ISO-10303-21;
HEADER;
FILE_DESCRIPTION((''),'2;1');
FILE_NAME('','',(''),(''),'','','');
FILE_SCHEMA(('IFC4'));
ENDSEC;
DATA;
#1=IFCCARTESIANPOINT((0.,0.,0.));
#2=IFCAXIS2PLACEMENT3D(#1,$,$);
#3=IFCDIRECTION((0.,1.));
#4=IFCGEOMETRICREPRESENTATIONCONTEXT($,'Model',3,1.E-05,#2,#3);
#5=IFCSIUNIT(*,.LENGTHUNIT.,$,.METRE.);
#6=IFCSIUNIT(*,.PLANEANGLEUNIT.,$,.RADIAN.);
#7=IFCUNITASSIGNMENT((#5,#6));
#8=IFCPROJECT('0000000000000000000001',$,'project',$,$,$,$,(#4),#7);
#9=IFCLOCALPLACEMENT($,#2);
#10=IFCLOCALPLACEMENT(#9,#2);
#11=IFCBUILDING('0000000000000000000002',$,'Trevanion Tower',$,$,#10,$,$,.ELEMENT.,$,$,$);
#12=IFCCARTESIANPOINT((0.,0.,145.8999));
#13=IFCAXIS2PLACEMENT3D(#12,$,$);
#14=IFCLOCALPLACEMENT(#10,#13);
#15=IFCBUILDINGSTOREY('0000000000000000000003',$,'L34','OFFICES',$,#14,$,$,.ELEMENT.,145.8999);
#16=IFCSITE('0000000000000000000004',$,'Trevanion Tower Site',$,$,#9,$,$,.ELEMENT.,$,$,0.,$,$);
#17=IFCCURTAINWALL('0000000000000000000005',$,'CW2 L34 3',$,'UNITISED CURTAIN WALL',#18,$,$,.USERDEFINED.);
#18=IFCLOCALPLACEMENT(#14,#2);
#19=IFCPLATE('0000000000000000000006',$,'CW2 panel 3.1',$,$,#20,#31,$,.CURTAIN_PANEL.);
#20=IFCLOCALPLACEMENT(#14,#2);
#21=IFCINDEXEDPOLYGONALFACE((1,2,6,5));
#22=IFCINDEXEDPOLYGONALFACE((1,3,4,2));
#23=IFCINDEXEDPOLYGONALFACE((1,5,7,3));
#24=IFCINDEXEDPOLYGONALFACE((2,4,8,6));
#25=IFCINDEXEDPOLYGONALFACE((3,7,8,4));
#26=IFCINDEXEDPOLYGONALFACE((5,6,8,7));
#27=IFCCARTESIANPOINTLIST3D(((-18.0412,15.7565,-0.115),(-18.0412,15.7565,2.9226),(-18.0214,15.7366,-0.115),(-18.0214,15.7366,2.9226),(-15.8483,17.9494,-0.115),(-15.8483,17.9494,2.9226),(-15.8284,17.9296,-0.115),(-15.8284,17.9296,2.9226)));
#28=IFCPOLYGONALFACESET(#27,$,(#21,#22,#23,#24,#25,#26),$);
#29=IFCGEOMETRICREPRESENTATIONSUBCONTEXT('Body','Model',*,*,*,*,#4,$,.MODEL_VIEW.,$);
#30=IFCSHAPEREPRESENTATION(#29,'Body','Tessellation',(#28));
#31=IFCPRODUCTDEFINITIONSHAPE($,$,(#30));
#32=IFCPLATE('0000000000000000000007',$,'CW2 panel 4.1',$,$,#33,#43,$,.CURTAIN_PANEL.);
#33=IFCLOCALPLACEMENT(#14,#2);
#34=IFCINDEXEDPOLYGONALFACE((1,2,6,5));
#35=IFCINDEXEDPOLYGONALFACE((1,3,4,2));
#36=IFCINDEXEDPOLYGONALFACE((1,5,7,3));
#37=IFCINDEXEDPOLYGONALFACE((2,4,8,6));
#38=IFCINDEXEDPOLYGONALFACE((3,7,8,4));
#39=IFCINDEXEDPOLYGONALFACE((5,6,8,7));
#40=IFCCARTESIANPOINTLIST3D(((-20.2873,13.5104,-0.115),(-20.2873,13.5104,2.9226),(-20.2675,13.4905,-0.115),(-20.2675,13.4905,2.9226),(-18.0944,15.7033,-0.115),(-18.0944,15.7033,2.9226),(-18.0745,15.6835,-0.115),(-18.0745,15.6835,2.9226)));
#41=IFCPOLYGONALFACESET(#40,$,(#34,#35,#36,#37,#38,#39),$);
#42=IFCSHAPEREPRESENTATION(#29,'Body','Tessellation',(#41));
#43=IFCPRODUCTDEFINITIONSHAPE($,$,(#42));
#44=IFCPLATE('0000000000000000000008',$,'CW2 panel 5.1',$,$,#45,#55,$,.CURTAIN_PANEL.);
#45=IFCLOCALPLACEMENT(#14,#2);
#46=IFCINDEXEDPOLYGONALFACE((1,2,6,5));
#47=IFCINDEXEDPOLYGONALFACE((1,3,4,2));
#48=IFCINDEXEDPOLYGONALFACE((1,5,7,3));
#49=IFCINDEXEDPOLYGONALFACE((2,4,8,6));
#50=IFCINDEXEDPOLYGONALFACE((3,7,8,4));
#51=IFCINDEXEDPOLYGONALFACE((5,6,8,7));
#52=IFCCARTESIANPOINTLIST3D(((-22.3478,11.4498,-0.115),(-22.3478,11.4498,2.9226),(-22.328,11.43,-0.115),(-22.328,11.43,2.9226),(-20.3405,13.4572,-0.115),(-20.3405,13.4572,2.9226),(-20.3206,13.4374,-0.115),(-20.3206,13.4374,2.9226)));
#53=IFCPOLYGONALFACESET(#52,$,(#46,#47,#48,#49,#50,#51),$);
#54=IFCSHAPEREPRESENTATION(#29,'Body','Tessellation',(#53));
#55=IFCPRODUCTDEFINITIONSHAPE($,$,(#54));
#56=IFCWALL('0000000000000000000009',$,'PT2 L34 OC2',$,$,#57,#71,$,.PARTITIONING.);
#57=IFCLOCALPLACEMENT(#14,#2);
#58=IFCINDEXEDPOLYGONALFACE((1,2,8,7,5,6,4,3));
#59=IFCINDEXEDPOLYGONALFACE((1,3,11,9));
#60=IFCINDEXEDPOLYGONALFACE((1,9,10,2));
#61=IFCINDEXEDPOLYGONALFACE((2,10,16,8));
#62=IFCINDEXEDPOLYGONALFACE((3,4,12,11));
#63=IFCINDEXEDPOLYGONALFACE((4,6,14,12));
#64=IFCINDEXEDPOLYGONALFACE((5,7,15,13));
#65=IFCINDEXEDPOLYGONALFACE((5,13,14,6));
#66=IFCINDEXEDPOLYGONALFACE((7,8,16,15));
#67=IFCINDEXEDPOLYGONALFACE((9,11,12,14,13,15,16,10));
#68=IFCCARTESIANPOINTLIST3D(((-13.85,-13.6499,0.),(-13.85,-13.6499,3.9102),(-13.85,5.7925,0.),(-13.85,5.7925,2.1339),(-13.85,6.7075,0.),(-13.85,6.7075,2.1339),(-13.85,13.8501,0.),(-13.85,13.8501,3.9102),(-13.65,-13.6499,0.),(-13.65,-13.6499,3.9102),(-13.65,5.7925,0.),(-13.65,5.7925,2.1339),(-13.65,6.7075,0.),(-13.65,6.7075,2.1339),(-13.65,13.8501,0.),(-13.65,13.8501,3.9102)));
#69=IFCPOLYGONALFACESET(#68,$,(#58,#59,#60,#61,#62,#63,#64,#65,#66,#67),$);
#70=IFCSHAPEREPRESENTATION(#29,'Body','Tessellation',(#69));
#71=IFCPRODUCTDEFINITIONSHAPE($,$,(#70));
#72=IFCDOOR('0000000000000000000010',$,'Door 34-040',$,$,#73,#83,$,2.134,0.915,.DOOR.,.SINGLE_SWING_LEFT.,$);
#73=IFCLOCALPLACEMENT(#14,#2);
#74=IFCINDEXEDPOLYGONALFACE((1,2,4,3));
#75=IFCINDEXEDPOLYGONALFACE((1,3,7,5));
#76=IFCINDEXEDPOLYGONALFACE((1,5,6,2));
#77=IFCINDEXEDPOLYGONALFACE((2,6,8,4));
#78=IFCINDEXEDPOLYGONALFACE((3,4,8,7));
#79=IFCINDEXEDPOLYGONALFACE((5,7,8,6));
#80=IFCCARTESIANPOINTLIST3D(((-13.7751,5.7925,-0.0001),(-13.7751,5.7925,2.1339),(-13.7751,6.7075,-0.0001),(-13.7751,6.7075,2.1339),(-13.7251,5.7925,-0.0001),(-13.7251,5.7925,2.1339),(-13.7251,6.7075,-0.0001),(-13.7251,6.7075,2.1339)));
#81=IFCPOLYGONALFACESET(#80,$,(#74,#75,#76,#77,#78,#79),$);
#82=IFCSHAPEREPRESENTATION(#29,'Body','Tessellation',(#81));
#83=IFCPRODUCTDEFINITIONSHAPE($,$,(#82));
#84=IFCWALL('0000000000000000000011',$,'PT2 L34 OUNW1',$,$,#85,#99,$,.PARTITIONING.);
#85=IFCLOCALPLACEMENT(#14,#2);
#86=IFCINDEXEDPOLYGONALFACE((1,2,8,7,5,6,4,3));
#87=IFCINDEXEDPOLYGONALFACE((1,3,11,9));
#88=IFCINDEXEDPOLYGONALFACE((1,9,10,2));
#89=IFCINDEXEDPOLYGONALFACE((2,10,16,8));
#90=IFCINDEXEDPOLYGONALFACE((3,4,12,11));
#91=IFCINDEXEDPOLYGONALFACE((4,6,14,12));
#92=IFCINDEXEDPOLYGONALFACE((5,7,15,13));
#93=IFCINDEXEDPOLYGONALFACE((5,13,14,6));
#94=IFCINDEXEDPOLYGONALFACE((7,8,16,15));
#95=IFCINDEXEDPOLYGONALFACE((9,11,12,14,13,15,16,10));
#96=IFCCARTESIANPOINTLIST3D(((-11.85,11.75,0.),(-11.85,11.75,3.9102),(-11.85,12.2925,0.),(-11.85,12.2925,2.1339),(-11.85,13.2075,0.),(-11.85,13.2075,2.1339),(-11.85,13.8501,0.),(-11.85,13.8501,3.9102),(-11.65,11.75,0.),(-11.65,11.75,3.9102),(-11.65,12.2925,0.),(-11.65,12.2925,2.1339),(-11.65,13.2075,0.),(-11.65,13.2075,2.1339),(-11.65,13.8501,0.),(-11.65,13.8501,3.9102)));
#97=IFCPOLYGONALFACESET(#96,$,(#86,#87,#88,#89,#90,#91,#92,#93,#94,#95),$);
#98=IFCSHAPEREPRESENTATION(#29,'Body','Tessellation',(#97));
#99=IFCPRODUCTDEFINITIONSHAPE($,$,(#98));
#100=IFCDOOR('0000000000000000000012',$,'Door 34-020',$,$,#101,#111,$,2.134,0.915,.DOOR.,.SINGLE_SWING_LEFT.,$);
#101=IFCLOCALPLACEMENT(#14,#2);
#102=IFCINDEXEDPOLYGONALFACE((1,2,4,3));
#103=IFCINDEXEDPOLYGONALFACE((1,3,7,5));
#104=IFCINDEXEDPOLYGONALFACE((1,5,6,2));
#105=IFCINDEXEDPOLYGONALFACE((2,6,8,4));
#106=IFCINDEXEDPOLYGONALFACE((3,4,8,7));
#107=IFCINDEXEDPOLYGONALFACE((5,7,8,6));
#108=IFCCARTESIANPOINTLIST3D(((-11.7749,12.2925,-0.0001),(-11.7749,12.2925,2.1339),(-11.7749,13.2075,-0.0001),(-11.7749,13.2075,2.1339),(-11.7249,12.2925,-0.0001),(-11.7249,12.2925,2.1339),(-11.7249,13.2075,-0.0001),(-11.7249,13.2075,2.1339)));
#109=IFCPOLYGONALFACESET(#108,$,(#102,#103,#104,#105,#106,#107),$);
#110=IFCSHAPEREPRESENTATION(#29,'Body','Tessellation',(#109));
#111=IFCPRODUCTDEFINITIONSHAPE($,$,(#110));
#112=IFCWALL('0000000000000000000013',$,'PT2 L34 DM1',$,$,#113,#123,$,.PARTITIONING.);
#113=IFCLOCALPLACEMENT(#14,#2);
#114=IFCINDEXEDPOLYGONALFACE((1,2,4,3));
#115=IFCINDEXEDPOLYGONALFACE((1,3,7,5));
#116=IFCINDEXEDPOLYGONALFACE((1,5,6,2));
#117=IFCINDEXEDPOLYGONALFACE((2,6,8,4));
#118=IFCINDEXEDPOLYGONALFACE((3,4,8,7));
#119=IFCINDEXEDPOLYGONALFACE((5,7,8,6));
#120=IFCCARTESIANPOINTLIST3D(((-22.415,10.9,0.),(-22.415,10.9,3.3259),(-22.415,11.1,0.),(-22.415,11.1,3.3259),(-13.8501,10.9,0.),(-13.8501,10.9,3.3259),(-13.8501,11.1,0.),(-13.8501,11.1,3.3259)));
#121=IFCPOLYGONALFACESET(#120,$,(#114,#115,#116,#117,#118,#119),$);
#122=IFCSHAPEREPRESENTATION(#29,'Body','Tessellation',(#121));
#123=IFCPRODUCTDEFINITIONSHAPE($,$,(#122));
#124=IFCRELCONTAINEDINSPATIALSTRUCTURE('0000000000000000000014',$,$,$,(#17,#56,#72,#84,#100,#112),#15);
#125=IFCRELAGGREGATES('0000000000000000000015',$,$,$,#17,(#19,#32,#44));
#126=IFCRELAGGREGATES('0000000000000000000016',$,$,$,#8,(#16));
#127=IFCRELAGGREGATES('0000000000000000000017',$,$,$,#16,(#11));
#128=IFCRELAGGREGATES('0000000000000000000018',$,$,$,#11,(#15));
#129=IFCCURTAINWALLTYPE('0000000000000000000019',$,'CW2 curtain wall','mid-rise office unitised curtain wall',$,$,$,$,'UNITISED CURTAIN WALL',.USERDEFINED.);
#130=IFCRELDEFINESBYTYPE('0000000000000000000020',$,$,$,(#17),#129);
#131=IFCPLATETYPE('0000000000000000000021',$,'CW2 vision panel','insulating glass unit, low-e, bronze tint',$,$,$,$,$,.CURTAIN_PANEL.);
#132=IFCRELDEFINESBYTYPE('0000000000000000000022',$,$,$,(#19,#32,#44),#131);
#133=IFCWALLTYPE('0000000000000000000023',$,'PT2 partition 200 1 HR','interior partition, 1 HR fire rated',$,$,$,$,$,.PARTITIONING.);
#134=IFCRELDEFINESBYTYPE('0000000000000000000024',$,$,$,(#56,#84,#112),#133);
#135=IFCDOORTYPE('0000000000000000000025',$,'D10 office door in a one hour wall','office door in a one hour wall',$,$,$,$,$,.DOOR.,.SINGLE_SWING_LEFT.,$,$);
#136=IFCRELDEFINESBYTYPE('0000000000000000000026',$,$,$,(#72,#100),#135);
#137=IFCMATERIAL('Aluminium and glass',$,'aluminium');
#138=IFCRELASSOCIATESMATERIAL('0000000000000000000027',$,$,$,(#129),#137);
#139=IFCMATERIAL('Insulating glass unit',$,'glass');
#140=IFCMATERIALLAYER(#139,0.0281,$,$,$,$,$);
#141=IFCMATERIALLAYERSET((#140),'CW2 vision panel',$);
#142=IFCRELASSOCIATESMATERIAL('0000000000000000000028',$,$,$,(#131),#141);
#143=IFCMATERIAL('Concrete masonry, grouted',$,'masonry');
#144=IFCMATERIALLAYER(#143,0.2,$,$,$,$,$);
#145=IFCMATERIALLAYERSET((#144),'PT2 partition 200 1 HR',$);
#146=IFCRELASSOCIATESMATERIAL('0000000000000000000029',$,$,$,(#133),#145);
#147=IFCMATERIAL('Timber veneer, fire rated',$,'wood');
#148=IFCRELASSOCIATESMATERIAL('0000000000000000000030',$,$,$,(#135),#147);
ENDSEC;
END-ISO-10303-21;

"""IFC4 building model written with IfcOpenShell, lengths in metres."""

from ifc_helpers import new_model, si_unit, direction, frame, frame_2d, origin, origin_2d, place, context, subcontext, project, spatial, rectangle, extrude, material, layer, layer_set, type_object, element, fill, aggregate, save


model = new_model("IFC4")

# Units and contexts
model_context = context("Model", 3, precision=1e-05, world=origin(), true_north=direction((0.0, 1.0)))
body_context = subcontext(model_context, "Body", "Model", "MODEL_VIEW")
ifc_project = project(units=[si_unit("LENGTHUNIT", "METRE"), si_unit("PLANEANGLEUNIT", "RADIAN")], contexts=[model_context])

# Site, building, storey
site_placement = place(None, origin())
site = spatial("IfcSite", under=ifc_project, at=site_placement, Name="Trevanion Tower Site", CompositionType="ELEMENT", RefElevation=0.0)
building_placement = place(site_placement, origin())
building = spatial("IfcBuilding", under=site, at=building_placement, Name="Trevanion Tower", CompositionType="ELEMENT")
storey_placement = place(building_placement, frame((0.0, 0.0, 145.8999)))
storey = spatial("IfcBuildingStorey", under=building, at=storey_placement, Name="L34", Description="OFFICES", CompositionType="ELEMENT", Elevation=145.8999)

# Curtain wall
ifc_material_1 = material(Name="Aluminium and glass", Category="aluminium")
curtain_wall_type = type_object("IfcCurtainWallType", Name="CW2 curtain wall", Description="mid-rise office unitised curtain wall", ElementType="UNITISED CURTAIN WALL", PredefinedType="USERDEFINED", material=ifc_material_1)
curtain_wall_placement = place(storey_placement, origin())
curtain_wall = element("IfcCurtainWall", 1, at=curtain_wall_placement, inside=storey, type_object=curtain_wall_type, Name="CW2 L34 3", ObjectType="UNITISED CURTAIN WALL", PredefinedType="USERDEFINED")

# Plates
ifc_material_2 = material(Name="Insulating glass unit", Category="glass")
ifc_layer_1 = layer(ifc_material_2, 0.0281)
ifc_layer_set_1 = layer_set([ifc_layer_1], Name="CW2 vision panel")
plate_type_1 = type_object("IfcPlateType", Name="CW2 vision panel", Description="insulating glass unit, low-e, bronze tint", PredefinedType="CURTAIN_PANEL", material=ifc_layer_set_1)
plate_1_placement = place(storey_placement, frame((-16.9348, 16.843, -0.115), z_axis=(0.0, 0.0, 1.0), x_axis=(-0.707107, -0.707107, 0.0)))
plate_1 = element("IfcPlate", 2, at=plate_1_placement, type_object=plate_type_1, Name="CW2 panel 3.1", PredefinedType="CURTAIN_PANEL", context=body_context, shape_type="SweptSolid", body=[
    extrude(rectangle(XDim=3.1013, YDim=0.0281, at=origin_2d()), origin(), (0.0, 0.0, 1.0), 3.0376),
])
plate_2_placement = place(storey_placement, frame((-19.1809, 14.5969, -0.115), z_axis=(0.0, 0.0, 1.0), x_axis=(-0.707107, -0.707107, 0.0)))
plate_2 = element("IfcPlate", 3, at=plate_2_placement, type_object=plate_type_1, Name="CW2 panel 4.1", PredefinedType="CURTAIN_PANEL", context=body_context, shape_type="SweptSolid", body=[
    extrude(rectangle(XDim=3.1013, YDim=0.0281, at=origin_2d()), origin(), (0.0, 0.0, 1.0), 3.0376),
])
plate_3_placement = place(storey_placement, frame((-21.3342, 12.4436, -0.115), z_axis=(0.0, 0.0, 1.0), x_axis=(-0.707107, -0.707107, 0.0)))
plate_3 = element("IfcPlate", 4, at=plate_3_placement, type_object=plate_type_1, Name="CW2 panel 5.1", PredefinedType="CURTAIN_PANEL", context=body_context, shape_type="SweptSolid", body=[
    extrude(rectangle(XDim=2.8389, YDim=0.0281, at=origin_2d()), origin(), (0.0, 0.0, 1.0), 3.0376),
])
aggregate(curtain_wall, [plate_1, plate_2, plate_3])

# Walls, openings, doors
ifc_material_3 = material(Name="Concrete masonry, grouted", Category="masonry")
ifc_layer_2 = layer(ifc_material_3, 0.2)
ifc_layer_set_2 = layer_set([ifc_layer_2], Name="PT2 partition 200 1 HR")
wall_type = type_object("IfcWallType", Name="PT2 partition 200 1 HR", Description="interior partition, 1 HR fire rated", PredefinedType="PARTITIONING", material=ifc_layer_set_2)
wall_1_placement = place(storey_placement, frame((-13.75, 13.8501, 0.0), z_axis=(0.0, 0.0, 1.0), x_axis=(0.0, -1.0, 0.0)))
wall_1 = element("IfcWall", 5, at=wall_1_placement, inside=storey, type_object=wall_type, Name="PT2 L34 OC2", PredefinedType="PARTITIONING", context=body_context, shape_type="SweptSolid", body=[
    extrude(rectangle(XDim=27.5, YDim=0.2, at=frame_2d((13.75, 0.0))), origin(), (0.0, 0.0, 1.0), 3.9102),
])
opening_1_placement = place(wall_1_placement, frame((7.1426, 0.0, 0.0)))
opening_1 = element("IfcOpeningElement", 6, at=opening_1_placement, cuts=wall_1, PredefinedType="OPENING", context=body_context, shape_type="SweptSolid", body=[
    extrude(rectangle(XDim=0.915, YDim=2.134, at=frame_2d((0.4575, 1.0669))), frame((0.0, 0.1099, 0.0), z_axis=(0.0, -1.0, 0.0), x_axis=(1.0, 0.0, 0.0)), (0.0, 0.0, 1.0), 0.22),
])
ifc_material_4 = material(Name="Timber veneer, fire rated", Category="wood")
door_type = type_object("IfcDoorType", Name="D10 office door in a one hour wall", Description="office door in a one hour wall", OperationType="SINGLE_SWING_LEFT", PredefinedType="DOOR", material=ifc_material_4)
door_1_placement = place(opening_1_placement, origin())
door_1 = element("IfcDoor", 7, at=door_1_placement, inside=storey, type_object=door_type, Name="Door 34-040", OperationType="SINGLE_SWING_LEFT", OverallHeight=2.134, OverallWidth=0.915, PredefinedType="DOOR", context=body_context, shape_type="SweptSolid", body=[
    extrude(rectangle(XDim=0.915, YDim=2.134, at=frame_2d((0.4575, 1.0669))), frame((0.0, 0.0249, 0.0), z_axis=(0.0, -1.0, 0.0), x_axis=(1.0, 0.0, 0.0)), (0.0, 0.0, 1.0), 0.05),
])
fill(opening_1, door_1)
wall_2_placement = place(storey_placement, frame((-11.75, 11.75, 0.0), z_axis=(0.0, 0.0, 1.0), x_axis=(0.0, 1.0, 0.0)))
wall_2 = element("IfcWall", 8, at=wall_2_placement, inside=storey, type_object=wall_type, Name="PT2 L34 OUNW1", PredefinedType="PARTITIONING", context=body_context, shape_type="SweptSolid", body=[
    extrude(rectangle(XDim=2.1001, YDim=0.2, at=frame_2d((1.05, 0.0))), origin(), (0.0, 0.0, 1.0), 3.9102),
])
opening_2_placement = place(wall_2_placement, frame((0.5425, 0.0, 0.0)))
opening_2 = element("IfcOpeningElement", 9, at=opening_2_placement, cuts=wall_2, PredefinedType="OPENING", context=body_context, shape_type="SweptSolid", body=[
    extrude(rectangle(XDim=0.915, YDim=2.134, at=frame_2d((0.4575, 1.0669))), frame((0.0, 0.1099, 0.0), z_axis=(0.0, -1.0, 0.0), x_axis=(1.0, 0.0, 0.0)), (0.0, 0.0, 1.0), 0.22),
])
door_2_placement = place(opening_2_placement, origin())
door_2 = element("IfcDoor", 10, at=door_2_placement, inside=storey, type_object=door_type, Name="Door 34-020", OperationType="SINGLE_SWING_LEFT", OverallHeight=2.134, OverallWidth=0.915, PredefinedType="DOOR", context=body_context, shape_type="SweptSolid", body=[
    extrude(rectangle(XDim=0.915, YDim=2.134, at=frame_2d((0.4575, 1.0669))), frame((0.0, 0.0249, 0.0), z_axis=(0.0, -1.0, 0.0), x_axis=(1.0, 0.0, 0.0)), (0.0, 0.0, 1.0), 0.05),
])
fill(opening_2, door_2)

# Wall
wall_3_placement = place(storey_placement, frame((-13.8501, 11.0, 0.0), z_axis=(0.0, 0.0, 1.0), x_axis=(-1.0, 0.0, 0.0)))
element("IfcWall", 11, at=wall_3_placement, inside=storey, type_object=wall_type, Name="PT2 L34 DM1", PredefinedType="PARTITIONING", context=body_context, shape_type="SweptSolid", body=[
    extrude(rectangle(XDim=8.5649, YDim=0.2, at=frame_2d((4.2825, 0.0))), origin(), (0.0, 0.0, 1.0), 3.3259),
])

save(model, "model.ifc")
